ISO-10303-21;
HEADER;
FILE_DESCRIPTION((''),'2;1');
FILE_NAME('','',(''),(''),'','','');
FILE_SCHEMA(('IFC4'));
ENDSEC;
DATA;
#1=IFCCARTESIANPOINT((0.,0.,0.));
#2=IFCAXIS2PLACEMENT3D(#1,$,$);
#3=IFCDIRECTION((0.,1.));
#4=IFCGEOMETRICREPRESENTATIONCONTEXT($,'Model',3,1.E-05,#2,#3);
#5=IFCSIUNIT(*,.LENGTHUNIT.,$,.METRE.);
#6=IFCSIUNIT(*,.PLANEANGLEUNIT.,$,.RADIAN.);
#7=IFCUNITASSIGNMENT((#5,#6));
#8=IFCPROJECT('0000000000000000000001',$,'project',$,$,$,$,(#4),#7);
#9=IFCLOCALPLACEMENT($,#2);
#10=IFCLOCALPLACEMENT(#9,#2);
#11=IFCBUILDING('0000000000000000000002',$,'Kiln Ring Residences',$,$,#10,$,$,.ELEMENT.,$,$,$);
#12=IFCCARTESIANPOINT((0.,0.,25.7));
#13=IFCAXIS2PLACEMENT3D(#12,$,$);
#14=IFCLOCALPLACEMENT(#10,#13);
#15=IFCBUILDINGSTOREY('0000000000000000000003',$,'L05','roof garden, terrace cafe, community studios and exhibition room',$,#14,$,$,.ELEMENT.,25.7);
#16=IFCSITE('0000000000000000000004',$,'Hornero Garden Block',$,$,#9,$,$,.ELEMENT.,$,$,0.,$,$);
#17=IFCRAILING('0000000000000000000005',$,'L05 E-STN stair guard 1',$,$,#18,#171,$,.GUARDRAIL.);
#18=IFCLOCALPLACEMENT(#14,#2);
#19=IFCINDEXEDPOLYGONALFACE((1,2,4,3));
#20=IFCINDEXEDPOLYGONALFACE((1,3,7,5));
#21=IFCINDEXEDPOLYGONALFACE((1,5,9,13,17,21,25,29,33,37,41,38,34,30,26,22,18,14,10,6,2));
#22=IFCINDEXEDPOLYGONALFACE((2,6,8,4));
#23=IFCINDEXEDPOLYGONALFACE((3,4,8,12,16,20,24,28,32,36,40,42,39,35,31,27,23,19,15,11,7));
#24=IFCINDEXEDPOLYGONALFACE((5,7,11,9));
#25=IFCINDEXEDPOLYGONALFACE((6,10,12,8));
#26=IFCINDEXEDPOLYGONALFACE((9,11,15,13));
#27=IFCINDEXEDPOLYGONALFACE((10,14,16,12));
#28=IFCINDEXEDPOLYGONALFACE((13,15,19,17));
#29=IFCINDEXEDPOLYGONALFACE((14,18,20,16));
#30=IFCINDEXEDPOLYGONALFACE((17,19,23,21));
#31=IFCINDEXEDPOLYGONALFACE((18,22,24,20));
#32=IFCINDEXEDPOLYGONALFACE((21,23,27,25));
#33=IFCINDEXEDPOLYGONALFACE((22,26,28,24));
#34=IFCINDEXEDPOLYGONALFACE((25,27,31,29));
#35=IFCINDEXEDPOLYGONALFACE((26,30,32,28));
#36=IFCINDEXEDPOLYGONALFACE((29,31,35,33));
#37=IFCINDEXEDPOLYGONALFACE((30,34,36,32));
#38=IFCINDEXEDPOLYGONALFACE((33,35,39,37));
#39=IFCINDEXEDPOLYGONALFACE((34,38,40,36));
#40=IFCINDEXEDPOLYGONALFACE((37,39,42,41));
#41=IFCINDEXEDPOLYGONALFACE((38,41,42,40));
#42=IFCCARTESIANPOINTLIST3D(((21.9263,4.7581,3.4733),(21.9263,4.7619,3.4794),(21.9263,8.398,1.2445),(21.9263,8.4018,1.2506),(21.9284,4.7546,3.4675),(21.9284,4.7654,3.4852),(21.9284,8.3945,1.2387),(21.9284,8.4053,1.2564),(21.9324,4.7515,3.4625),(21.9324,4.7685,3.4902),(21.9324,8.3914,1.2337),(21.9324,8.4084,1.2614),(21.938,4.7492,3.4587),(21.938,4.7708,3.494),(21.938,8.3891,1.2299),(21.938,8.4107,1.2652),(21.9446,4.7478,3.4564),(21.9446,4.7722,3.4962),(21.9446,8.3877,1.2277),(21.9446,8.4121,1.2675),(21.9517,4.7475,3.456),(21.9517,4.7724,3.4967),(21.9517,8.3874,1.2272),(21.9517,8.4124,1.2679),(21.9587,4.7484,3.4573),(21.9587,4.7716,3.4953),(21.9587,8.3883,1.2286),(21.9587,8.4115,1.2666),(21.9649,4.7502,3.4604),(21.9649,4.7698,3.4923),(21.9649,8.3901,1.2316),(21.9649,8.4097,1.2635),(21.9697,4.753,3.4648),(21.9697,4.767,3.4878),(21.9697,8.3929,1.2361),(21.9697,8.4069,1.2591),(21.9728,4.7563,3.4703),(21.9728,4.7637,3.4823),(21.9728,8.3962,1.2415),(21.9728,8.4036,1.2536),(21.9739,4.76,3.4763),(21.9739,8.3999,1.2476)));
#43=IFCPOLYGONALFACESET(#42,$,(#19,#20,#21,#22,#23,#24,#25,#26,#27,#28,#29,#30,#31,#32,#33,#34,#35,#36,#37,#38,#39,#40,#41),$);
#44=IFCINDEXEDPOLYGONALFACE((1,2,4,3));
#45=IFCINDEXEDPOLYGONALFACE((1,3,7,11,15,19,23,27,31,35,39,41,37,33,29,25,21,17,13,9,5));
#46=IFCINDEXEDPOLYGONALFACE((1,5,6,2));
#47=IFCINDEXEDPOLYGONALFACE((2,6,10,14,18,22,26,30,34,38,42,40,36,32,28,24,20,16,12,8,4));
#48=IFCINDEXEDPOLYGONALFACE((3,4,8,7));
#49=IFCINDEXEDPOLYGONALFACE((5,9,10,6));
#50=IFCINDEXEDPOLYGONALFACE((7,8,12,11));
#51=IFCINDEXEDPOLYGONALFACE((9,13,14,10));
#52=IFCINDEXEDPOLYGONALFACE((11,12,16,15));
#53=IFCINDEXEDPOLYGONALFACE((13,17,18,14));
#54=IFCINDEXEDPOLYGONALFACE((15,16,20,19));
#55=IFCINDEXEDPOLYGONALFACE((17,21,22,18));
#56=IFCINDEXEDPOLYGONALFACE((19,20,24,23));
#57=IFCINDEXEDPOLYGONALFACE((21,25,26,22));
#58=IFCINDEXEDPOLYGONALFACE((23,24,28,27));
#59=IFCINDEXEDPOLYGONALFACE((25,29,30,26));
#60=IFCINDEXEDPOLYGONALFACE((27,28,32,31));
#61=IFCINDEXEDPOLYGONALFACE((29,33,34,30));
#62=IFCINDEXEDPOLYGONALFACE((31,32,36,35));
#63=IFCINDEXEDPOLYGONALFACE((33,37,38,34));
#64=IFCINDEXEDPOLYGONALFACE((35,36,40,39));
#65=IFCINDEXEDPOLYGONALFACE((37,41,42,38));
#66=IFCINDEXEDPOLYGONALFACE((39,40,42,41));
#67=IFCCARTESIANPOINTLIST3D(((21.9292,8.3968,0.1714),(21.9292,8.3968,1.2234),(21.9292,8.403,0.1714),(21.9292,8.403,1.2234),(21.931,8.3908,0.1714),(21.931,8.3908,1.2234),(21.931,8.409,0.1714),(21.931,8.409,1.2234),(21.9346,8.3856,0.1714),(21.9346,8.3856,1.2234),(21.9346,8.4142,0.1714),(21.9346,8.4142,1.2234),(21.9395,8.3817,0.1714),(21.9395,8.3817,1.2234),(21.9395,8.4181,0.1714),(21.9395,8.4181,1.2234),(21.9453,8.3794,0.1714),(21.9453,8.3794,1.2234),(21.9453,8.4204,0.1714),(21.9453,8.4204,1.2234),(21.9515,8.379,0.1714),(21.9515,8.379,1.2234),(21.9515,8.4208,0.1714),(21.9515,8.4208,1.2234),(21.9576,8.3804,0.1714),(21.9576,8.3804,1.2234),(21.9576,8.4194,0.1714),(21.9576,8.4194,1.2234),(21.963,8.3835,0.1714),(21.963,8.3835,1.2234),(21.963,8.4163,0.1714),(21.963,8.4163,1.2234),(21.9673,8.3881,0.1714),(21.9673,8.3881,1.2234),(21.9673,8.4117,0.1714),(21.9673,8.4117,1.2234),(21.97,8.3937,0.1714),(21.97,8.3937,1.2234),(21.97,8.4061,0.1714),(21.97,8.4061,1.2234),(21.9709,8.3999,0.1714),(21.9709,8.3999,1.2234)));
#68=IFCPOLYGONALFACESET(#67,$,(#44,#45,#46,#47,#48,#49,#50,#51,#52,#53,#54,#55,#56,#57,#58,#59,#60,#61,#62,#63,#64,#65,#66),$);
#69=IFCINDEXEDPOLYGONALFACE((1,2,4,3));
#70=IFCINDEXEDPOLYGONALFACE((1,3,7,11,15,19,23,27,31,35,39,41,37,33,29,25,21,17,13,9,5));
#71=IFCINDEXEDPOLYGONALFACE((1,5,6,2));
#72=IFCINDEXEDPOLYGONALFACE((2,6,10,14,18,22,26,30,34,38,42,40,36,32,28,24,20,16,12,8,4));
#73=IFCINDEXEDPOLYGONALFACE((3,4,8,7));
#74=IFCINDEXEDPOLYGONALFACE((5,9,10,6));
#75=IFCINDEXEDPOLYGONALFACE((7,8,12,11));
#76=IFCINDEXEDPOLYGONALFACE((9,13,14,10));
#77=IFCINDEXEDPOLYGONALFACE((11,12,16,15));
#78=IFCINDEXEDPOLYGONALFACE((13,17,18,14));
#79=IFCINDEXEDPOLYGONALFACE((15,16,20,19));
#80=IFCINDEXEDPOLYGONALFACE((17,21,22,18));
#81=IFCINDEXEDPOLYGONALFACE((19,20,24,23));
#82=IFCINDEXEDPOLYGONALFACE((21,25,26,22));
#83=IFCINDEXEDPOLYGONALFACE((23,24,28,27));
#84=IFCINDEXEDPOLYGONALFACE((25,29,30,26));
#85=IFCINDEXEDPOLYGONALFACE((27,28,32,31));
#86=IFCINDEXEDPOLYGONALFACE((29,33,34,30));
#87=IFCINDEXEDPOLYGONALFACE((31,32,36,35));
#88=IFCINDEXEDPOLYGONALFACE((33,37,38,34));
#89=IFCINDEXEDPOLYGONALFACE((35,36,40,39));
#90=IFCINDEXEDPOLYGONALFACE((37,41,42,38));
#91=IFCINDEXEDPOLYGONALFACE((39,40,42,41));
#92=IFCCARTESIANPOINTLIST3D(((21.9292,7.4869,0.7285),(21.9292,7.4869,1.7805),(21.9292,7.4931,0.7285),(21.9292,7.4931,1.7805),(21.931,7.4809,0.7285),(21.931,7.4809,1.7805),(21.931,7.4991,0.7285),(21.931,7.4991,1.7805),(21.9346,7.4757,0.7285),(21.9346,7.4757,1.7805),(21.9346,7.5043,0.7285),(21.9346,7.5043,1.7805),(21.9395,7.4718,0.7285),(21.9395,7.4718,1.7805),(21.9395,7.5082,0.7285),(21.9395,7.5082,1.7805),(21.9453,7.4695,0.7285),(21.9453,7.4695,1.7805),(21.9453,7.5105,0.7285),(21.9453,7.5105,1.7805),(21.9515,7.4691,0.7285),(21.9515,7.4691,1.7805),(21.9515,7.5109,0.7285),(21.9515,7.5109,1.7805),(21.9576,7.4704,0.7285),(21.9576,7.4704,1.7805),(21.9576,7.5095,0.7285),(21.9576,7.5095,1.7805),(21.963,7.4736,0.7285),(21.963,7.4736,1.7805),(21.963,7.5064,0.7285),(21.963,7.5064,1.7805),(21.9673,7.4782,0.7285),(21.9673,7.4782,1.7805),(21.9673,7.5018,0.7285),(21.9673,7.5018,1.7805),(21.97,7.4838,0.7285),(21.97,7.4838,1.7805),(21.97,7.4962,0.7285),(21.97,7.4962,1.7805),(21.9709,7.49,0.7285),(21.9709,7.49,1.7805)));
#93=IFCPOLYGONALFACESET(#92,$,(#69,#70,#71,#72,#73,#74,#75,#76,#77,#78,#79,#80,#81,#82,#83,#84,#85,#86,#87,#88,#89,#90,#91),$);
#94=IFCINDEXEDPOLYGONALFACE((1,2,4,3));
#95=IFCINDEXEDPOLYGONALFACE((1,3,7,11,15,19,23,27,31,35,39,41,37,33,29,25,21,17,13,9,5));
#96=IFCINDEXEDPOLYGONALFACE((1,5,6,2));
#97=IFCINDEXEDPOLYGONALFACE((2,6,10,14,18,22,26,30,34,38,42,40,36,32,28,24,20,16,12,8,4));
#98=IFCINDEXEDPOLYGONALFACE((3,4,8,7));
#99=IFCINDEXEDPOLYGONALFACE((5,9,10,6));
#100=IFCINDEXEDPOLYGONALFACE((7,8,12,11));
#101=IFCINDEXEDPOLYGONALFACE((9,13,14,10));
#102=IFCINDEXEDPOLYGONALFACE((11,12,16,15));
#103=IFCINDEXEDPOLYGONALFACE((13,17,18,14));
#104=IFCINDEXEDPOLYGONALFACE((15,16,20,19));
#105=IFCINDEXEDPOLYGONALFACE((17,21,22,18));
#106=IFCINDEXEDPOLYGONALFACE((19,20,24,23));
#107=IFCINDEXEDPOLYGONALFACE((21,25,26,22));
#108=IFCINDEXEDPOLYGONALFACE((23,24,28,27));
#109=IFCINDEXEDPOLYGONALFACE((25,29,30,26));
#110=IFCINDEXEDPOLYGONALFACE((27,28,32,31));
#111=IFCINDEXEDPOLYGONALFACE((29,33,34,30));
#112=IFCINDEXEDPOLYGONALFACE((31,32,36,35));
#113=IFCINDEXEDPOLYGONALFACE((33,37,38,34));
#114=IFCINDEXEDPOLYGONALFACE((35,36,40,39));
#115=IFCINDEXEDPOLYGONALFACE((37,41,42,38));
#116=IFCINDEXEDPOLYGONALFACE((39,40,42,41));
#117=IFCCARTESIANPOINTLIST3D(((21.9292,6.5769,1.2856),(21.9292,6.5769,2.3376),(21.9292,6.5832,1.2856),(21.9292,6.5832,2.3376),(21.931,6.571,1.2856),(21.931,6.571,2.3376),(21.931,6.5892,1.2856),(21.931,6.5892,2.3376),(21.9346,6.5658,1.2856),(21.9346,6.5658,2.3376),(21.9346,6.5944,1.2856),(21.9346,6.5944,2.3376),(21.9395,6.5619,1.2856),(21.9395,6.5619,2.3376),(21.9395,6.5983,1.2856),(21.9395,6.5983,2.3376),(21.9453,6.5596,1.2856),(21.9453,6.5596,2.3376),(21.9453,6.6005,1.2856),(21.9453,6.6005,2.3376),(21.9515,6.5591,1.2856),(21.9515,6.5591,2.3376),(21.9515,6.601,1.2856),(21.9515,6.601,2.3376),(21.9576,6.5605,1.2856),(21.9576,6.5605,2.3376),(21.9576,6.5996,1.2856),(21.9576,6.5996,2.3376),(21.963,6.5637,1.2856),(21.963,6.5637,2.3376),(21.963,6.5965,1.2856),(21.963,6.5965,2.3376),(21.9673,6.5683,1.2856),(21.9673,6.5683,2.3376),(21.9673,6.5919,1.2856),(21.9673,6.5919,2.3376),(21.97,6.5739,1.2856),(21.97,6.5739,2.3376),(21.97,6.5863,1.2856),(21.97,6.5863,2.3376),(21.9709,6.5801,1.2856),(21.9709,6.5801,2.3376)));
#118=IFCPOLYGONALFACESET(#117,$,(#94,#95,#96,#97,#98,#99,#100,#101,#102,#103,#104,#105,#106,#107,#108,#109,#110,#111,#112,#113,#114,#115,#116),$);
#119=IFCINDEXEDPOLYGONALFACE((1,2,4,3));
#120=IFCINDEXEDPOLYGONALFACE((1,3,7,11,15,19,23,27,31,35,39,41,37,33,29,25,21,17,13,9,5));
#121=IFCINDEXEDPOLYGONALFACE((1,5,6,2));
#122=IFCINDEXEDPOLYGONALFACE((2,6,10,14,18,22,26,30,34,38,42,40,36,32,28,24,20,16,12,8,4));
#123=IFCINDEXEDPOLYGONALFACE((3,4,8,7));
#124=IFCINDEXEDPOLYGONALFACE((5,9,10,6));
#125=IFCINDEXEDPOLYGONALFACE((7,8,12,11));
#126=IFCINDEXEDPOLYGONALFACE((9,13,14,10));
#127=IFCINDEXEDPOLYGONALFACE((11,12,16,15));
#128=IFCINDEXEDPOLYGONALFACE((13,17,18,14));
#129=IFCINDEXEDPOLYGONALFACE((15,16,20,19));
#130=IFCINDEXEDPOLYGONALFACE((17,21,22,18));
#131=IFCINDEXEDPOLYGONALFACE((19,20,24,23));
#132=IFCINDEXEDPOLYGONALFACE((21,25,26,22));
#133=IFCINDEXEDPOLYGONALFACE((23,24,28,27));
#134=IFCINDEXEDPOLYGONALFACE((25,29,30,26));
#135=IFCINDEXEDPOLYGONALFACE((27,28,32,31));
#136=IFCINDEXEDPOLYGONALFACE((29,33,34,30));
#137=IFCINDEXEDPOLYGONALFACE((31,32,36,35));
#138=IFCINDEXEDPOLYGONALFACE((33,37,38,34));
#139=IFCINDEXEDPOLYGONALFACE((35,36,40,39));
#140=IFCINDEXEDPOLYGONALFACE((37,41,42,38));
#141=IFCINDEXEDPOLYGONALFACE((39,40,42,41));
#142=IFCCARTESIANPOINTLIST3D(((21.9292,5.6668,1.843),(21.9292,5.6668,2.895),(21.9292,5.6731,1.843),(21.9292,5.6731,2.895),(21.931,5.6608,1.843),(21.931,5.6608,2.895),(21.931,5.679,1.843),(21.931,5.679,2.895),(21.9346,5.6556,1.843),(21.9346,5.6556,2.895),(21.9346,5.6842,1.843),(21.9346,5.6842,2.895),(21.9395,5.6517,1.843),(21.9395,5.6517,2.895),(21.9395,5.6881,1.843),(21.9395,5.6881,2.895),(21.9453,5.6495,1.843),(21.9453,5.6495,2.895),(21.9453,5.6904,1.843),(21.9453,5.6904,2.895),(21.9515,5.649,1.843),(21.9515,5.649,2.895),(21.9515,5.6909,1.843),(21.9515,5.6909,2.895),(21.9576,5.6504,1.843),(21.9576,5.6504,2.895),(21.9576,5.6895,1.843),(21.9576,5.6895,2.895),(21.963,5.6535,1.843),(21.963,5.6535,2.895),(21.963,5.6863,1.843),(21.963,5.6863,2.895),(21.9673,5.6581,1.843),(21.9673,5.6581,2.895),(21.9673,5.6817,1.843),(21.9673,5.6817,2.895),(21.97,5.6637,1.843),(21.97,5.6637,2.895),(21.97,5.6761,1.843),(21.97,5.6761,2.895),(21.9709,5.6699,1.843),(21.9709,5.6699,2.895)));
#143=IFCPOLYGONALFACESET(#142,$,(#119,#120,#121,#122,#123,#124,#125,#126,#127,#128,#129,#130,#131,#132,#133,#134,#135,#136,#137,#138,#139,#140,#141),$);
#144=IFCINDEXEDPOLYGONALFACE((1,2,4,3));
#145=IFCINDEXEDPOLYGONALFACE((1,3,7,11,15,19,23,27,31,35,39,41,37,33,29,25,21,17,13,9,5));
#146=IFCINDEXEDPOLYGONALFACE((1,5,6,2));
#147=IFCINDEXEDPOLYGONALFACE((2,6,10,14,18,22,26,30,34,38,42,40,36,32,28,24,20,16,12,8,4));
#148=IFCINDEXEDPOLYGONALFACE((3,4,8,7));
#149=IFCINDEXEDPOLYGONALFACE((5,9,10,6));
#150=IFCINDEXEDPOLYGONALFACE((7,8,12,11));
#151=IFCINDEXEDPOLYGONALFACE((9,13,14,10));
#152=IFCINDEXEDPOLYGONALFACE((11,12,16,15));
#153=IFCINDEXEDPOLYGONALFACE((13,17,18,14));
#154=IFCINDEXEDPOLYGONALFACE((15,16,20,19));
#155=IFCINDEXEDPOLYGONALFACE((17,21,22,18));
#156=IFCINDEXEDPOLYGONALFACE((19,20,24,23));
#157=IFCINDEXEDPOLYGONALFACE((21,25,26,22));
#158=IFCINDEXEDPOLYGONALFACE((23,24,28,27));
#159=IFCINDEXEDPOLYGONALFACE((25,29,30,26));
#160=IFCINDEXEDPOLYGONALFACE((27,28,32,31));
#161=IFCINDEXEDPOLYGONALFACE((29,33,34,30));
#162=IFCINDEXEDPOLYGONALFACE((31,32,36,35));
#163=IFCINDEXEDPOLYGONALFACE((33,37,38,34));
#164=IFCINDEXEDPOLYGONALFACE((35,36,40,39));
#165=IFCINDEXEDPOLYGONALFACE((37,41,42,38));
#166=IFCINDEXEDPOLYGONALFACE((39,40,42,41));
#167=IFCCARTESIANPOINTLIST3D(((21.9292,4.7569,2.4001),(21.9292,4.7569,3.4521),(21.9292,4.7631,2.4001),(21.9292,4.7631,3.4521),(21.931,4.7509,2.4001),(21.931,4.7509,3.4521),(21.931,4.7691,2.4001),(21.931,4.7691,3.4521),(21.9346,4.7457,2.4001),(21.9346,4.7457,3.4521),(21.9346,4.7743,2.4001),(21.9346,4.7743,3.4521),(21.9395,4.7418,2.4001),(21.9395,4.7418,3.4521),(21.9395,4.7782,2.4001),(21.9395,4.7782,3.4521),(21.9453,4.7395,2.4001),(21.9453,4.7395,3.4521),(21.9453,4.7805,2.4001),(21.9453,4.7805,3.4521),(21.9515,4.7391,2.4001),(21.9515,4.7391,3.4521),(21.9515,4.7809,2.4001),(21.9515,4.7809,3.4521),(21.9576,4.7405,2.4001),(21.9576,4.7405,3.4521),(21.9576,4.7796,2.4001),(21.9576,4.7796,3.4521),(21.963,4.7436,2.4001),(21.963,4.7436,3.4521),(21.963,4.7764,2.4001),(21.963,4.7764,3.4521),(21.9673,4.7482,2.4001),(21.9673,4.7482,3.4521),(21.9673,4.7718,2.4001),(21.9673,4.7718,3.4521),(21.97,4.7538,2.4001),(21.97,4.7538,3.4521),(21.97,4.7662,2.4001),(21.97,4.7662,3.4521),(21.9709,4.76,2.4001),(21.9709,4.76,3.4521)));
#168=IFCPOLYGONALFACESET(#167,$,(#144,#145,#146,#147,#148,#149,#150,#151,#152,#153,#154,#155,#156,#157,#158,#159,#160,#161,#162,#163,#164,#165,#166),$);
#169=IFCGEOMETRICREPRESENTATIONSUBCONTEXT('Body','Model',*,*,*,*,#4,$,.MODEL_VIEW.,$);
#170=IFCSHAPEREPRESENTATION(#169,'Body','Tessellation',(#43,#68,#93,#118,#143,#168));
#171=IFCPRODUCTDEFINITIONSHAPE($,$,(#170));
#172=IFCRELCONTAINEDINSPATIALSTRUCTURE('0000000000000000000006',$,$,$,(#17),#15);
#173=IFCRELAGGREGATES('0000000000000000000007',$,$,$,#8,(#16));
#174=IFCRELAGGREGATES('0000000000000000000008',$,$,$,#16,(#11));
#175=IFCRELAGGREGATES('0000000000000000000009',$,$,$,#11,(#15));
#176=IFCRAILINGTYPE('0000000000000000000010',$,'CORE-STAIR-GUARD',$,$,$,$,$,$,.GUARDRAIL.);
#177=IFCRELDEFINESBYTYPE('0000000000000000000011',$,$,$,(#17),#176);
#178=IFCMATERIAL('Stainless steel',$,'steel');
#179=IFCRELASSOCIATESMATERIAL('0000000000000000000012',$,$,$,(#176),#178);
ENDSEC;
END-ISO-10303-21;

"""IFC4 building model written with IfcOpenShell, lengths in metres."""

from ifc_helpers import new_model, si_unit, direction, frame, origin, origin_2d, place, context, subcontext, project, spatial, circle, extrude, material, type_object, element, save


model = new_model("IFC4")

# Units and contexts
model_context = context("Model", 3, precision=1e-05, world=origin(), true_north=direction((0.0, 1.0)))
body_context = subcontext(model_context, "Body", "Model", "MODEL_VIEW")
ifc_project = project(units=[si_unit("LENGTHUNIT", "METRE"), si_unit("PLANEANGLEUNIT", "RADIAN")], contexts=[model_context])

# Site, building, storey
site_placement = place(None, origin())
site = spatial("IfcSite", under=ifc_project, at=site_placement, Name="Hornero Garden Block", CompositionType="ELEMENT", RefElevation=0.0)
building_placement = place(site_placement, origin())
building = spatial("IfcBuilding", under=site, at=building_placement, Name="Kiln Ring Residences", CompositionType="ELEMENT")
storey_placement = place(building_placement, frame((0.0, 0.0, 25.7)))
storey = spatial("IfcBuildingStorey", under=building, at=storey_placement, Name="L05", Description="roof garden, terrace cafe, community studios and exhibition room", CompositionType="ELEMENT", Elevation=25.7)

# Railing
ifc_material_1 = material(Name="Stainless steel", Category="steel")
railing_type_1 = type_object("IfcRailingType", Name="CORE-STAIR-GUARD", PredefinedType="GUARDRAIL", material=ifc_material_1)
railing_1_placement = place(storey_placement, frame((21.95, 8.3999, 0.1714)))
element("IfcRailing", 1, at=railing_1_placement, inside=storey, type_object=railing_type_1, Name="L05 E-STN stair guard 1", PredefinedType="GUARDRAIL", context=body_context, shape_type="SweptSolid", body=[
    extrude(circle(Radius=0.0239, at=origin_2d()), frame((0.0, 0.0, 1.0762), z_axis=(0.0, -0.852825, 0.522197), x_axis=(1.0, 0.0, 0.0)), (0.0, 0.0, 1.0), 4.2681),
    extrude(circle(Radius=0.021, at=origin_2d()), origin(), (0.0, 0.0, 1.0), 1.052),
    extrude(circle(Radius=0.021, at=origin_2d()), frame((0.0, -0.9099, 0.5571)), (0.0, 0.0, 1.0), 1.052),
    extrude(circle(Radius=0.021, at=origin_2d()), frame((0.0, -1.8198, 1.1143)), (0.0, 0.0, 1.0), 1.052),
    extrude(circle(Radius=0.021, at=origin_2d()), frame((0.0, -2.73, 1.6716)), (0.0, 0.0, 1.0), 1.052),
    extrude(circle(Radius=0.021, at=origin_2d()), frame((0.0, -3.6399, 2.2288)), (0.0, 0.0, 1.0), 1.052),
])

save(model, "model.ifc")
